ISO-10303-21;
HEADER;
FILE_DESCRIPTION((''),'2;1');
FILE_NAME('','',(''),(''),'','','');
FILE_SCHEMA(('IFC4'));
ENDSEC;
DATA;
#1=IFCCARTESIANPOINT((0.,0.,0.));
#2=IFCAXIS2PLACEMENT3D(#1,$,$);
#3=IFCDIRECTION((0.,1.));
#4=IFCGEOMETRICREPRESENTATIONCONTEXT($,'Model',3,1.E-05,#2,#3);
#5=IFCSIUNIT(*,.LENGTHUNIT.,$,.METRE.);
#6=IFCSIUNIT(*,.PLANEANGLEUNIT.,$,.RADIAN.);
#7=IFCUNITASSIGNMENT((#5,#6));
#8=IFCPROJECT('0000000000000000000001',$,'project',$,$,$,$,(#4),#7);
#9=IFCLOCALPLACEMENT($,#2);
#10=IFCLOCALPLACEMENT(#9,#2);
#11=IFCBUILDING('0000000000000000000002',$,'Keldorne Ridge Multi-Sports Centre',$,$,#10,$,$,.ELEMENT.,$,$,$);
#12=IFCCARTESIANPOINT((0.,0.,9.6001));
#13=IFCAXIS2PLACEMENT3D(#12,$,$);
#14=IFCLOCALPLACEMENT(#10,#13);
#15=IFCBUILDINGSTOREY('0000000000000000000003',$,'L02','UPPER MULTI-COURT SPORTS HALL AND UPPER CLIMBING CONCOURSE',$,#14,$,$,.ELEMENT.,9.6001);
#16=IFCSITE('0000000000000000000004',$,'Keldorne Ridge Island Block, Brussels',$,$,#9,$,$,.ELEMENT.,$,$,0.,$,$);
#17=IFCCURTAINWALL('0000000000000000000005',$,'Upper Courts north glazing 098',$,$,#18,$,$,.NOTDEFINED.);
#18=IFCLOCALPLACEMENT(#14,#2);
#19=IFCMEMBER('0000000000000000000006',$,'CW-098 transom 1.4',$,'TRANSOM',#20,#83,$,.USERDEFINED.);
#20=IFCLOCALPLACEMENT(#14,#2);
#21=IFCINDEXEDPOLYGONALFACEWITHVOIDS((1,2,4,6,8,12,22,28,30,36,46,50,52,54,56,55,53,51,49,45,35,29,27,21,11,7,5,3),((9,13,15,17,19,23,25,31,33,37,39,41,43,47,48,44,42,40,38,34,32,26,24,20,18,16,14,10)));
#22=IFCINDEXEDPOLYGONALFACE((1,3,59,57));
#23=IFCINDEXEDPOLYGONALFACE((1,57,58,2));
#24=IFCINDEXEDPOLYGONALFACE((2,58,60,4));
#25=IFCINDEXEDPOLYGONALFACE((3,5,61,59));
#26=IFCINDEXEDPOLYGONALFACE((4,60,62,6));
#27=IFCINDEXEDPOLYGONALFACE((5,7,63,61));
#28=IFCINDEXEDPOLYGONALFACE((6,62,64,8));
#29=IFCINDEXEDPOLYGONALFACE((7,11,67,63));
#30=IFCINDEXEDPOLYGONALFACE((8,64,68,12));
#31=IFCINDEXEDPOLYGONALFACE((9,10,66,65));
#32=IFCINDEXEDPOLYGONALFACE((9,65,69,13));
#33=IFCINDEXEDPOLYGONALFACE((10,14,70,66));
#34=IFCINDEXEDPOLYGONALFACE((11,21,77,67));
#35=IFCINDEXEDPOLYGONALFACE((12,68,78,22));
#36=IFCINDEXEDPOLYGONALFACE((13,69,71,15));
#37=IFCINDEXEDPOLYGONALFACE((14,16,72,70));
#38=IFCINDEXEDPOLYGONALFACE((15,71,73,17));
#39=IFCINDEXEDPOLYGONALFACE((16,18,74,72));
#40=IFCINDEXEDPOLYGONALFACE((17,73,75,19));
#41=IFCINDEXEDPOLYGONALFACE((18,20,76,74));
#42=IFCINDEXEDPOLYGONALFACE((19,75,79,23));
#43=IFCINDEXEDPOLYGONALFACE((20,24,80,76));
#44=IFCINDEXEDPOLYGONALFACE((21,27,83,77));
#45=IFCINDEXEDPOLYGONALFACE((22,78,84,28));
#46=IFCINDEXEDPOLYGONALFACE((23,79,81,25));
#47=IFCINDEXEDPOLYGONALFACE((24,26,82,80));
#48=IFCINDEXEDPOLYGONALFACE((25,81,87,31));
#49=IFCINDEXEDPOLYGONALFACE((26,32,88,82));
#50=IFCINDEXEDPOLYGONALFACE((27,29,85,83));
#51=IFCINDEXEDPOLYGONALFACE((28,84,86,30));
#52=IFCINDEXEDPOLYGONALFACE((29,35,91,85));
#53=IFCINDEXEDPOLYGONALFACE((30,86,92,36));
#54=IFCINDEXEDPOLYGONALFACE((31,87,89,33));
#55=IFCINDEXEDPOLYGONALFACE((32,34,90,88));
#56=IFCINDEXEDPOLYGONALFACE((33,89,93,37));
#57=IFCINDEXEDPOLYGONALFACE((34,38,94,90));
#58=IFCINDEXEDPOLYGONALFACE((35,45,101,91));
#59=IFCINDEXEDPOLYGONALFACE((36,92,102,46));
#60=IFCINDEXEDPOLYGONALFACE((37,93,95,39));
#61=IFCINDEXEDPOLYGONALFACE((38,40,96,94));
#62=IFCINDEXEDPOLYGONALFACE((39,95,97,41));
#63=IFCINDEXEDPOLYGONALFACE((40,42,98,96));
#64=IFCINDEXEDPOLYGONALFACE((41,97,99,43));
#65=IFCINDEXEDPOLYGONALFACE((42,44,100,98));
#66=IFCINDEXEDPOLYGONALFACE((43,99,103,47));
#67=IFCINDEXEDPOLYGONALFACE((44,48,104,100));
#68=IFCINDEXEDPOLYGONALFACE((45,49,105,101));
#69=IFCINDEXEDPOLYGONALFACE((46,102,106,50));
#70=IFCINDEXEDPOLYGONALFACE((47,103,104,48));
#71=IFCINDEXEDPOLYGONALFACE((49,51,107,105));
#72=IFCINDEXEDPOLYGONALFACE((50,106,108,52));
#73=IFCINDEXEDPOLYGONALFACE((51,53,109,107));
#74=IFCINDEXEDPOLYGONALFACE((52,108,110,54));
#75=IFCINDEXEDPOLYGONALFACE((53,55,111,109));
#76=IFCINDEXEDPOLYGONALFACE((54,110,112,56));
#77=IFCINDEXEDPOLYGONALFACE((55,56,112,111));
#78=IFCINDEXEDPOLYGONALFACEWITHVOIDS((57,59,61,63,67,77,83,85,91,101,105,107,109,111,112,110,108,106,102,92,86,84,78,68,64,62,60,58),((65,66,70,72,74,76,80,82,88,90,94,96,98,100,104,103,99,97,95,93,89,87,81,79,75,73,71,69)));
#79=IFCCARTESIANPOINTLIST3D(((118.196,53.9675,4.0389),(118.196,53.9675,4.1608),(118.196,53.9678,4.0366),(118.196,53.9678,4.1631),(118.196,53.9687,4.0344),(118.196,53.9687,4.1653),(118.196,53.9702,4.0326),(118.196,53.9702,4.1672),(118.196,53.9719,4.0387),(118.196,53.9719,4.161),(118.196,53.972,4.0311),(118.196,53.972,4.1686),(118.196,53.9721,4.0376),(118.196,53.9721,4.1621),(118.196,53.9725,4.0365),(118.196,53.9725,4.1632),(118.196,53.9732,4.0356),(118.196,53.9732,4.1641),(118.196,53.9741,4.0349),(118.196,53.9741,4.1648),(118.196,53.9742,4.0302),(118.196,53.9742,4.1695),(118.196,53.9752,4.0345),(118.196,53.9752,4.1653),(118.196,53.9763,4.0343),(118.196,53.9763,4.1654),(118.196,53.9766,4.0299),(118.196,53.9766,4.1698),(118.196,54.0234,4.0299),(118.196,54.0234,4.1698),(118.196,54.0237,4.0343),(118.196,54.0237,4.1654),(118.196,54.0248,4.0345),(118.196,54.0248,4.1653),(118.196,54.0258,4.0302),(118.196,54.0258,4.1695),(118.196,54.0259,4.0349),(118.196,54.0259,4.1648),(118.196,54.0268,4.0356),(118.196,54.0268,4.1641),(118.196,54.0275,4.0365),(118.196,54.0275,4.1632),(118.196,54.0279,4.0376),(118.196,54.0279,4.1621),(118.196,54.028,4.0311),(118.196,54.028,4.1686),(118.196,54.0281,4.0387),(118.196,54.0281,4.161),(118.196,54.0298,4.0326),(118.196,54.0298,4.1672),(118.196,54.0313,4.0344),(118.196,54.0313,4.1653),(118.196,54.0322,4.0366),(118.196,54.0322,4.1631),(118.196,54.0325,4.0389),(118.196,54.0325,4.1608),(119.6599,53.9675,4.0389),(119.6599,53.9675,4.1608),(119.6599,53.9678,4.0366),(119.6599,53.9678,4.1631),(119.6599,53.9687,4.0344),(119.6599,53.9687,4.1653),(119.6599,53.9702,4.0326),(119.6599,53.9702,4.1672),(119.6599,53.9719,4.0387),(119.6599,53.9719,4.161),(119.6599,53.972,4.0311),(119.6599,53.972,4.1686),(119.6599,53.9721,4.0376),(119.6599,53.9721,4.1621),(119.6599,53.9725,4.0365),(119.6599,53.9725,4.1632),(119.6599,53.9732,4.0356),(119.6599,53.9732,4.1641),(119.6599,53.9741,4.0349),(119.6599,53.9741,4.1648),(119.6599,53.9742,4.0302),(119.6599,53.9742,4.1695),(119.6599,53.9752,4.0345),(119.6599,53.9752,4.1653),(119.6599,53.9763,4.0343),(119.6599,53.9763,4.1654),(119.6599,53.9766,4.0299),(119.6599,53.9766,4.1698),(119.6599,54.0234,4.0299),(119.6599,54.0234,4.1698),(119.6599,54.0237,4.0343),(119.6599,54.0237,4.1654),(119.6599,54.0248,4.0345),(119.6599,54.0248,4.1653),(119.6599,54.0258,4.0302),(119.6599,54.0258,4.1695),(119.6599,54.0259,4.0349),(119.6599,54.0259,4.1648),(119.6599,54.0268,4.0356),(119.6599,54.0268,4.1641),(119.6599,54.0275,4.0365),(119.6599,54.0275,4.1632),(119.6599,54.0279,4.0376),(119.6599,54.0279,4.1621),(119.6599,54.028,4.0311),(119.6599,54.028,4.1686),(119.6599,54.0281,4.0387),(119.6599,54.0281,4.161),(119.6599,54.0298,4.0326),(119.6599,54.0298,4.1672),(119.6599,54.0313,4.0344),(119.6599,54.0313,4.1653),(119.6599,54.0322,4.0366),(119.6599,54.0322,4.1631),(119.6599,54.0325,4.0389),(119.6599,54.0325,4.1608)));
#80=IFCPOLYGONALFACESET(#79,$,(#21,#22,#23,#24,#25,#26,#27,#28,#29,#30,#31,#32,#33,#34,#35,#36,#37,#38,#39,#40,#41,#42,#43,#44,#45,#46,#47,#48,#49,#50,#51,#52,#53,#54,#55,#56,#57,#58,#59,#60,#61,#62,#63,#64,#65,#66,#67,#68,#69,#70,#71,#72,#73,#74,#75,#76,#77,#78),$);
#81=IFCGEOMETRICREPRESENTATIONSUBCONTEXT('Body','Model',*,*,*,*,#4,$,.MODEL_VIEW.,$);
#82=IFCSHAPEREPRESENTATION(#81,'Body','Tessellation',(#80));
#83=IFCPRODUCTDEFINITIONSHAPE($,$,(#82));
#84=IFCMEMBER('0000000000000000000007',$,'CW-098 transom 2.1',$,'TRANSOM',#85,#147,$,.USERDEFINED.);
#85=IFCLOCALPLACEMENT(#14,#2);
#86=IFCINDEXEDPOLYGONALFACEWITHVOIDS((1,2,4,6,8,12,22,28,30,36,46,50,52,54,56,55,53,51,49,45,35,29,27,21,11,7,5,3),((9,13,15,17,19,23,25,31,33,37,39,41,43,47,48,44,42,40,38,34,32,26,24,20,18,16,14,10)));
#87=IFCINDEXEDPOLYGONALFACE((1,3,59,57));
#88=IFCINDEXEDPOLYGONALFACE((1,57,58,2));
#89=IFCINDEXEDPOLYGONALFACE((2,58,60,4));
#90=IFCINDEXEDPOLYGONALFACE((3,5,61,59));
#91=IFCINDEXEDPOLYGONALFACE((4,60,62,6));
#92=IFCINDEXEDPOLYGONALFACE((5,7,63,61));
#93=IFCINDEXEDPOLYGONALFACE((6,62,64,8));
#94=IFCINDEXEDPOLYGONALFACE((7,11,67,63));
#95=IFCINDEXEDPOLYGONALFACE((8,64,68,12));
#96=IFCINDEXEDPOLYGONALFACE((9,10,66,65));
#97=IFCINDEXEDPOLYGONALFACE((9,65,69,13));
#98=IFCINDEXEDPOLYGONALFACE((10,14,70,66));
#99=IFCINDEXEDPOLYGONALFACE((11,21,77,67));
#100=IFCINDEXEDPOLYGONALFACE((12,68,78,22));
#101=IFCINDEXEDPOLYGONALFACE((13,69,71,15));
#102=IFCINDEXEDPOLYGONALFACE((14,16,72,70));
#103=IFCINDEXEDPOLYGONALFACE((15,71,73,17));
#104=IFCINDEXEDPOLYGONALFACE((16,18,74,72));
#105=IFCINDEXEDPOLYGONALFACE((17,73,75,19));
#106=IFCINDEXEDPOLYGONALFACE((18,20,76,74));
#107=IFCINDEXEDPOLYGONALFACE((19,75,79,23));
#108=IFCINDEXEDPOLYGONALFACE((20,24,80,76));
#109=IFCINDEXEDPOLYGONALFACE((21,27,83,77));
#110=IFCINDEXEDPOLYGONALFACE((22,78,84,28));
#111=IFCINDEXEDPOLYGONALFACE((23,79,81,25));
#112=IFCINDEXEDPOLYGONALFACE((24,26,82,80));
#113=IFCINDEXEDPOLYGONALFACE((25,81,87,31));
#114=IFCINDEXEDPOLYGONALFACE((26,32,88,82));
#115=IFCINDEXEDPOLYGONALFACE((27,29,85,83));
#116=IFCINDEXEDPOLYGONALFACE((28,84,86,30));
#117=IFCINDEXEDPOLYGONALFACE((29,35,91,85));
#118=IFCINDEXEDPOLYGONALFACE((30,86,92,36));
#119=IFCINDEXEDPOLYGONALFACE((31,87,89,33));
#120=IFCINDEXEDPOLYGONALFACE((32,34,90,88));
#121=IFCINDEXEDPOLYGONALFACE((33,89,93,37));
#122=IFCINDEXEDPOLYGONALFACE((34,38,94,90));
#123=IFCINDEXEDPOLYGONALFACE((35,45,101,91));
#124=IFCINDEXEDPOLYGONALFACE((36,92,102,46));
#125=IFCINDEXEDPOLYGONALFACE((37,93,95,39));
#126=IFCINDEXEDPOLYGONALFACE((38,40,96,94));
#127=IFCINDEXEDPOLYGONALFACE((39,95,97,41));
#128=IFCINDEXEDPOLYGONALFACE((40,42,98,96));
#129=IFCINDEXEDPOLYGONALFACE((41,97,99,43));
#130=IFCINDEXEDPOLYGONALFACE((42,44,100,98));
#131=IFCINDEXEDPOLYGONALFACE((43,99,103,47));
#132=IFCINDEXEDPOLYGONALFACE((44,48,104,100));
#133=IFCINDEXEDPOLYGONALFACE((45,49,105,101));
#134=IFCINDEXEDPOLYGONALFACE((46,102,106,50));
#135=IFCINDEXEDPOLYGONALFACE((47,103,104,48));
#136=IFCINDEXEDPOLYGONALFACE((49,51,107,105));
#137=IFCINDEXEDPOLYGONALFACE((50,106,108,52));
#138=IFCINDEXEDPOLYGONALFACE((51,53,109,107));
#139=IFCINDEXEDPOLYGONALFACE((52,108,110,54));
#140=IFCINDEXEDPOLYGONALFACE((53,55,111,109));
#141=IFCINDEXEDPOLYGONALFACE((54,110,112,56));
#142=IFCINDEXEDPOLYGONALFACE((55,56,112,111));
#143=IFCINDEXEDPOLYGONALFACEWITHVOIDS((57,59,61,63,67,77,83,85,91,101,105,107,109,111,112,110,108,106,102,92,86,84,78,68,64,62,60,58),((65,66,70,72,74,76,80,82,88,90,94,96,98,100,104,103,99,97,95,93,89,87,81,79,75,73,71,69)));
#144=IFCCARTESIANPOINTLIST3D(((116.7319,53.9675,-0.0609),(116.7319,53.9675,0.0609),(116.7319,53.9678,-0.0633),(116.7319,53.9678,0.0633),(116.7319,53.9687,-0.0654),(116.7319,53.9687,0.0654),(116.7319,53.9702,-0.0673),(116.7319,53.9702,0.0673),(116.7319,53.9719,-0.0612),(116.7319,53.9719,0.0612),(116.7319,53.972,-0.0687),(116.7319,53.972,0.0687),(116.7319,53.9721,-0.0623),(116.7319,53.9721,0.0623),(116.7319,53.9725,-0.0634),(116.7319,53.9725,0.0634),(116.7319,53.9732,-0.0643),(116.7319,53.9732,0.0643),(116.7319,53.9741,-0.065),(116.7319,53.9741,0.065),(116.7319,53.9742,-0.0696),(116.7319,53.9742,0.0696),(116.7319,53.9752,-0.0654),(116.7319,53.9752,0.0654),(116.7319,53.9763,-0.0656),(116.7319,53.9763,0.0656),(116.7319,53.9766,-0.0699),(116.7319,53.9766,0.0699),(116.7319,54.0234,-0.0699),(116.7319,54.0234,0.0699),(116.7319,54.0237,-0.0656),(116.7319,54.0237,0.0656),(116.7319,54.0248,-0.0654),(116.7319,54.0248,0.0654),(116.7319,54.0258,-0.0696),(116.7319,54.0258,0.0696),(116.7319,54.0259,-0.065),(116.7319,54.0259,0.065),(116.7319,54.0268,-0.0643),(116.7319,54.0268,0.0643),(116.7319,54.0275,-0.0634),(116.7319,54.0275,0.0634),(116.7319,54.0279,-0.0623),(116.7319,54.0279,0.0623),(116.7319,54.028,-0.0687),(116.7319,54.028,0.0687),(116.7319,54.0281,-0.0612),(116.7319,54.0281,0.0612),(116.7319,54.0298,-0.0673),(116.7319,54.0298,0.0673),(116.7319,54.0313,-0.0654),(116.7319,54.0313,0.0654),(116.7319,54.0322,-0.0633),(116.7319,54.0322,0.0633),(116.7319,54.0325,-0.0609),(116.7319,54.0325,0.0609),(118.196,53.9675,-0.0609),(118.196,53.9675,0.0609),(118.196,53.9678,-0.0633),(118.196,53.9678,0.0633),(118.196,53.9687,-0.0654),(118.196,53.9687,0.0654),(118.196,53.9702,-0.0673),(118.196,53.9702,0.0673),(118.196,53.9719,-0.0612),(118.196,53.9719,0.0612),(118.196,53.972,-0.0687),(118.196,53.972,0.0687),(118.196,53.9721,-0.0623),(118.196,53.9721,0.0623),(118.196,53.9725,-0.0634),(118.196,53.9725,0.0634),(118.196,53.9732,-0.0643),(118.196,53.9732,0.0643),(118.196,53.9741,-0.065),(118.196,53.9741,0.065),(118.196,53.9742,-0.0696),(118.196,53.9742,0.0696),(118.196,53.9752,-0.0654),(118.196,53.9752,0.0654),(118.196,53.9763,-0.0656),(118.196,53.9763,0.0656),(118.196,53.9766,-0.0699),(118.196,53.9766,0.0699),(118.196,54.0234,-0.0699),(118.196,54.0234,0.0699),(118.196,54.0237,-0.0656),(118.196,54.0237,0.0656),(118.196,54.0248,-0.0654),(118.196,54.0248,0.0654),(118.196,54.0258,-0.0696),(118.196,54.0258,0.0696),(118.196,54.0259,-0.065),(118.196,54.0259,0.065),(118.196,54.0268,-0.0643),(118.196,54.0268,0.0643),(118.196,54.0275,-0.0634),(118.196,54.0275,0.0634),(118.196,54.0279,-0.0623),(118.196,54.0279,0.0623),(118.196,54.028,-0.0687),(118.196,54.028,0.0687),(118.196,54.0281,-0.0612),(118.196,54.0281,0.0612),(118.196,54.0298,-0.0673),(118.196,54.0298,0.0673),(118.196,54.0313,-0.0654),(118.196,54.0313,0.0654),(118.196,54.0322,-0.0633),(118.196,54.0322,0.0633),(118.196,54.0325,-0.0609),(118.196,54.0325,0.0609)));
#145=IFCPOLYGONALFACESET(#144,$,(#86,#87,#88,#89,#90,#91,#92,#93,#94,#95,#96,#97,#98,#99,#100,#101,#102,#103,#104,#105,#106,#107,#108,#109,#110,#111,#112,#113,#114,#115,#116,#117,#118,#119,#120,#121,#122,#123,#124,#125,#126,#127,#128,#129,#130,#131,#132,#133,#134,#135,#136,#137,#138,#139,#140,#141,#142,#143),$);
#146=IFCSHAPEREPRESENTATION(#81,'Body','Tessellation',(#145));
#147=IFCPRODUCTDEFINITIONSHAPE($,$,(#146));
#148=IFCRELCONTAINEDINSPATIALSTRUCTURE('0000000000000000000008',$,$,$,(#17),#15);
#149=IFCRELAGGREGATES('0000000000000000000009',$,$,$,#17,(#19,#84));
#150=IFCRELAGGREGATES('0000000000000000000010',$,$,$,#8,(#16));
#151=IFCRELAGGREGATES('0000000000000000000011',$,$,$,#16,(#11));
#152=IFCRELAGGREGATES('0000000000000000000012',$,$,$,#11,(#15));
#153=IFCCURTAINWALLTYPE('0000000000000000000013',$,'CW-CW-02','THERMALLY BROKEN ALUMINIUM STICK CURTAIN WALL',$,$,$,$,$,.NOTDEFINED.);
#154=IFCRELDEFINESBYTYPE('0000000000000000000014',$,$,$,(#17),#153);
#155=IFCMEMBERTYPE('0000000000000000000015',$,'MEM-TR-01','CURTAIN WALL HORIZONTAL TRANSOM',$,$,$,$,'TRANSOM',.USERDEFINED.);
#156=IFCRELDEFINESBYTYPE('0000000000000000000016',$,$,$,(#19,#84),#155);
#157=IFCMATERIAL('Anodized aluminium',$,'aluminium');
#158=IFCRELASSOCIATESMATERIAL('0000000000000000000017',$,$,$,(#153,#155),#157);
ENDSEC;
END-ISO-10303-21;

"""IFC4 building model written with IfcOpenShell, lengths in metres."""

from ifc_helpers import new_model, si_unit, direction, frame, origin, origin_2d, place, context, subcontext, project, spatial, hollow_rectangle, extrude, material, material_profile, profile_set, type_object, element, aggregate, save


model = new_model("IFC4")

# Units and contexts
model_context = context("Model", 3, precision=1e-05, world=origin(), true_north=direction((0.0, 1.0)))
body_context = subcontext(model_context, "Body", "Model", "MODEL_VIEW")
ifc_project = project(units=[si_unit("LENGTHUNIT", "METRE"), si_unit("PLANEANGLEUNIT", "RADIAN")], contexts=[model_context])

# Site, building, storey
site_placement = place(None, origin())
site = spatial("IfcSite", under=ifc_project, at=site_placement, Name="Keldorne Ridge Island Block, Brussels", CompositionType="ELEMENT", RefElevation=0.0)
building_placement = place(site_placement, origin())
building = spatial("IfcBuilding", under=site, at=building_placement, Name="Keldorne Ridge Multi-Sports Centre", CompositionType="ELEMENT")
storey_placement = place(building_placement, frame((0.0, 0.0, 9.6001)))
storey = spatial("IfcBuildingStorey", under=building, at=storey_placement, Name="L02", Description="UPPER MULTI-COURT SPORTS HALL AND UPPER CLIMBING CONCOURSE", CompositionType="ELEMENT", Elevation=9.6001)

# Curtain wall
ifc_material_1 = material(Name="Anodized aluminium", Category="aluminium")
curtain_wall_type_1 = type_object("IfcCurtainWallType", Name="CW-CW-02", Description="THERMALLY BROKEN ALUMINIUM STICK CURTAIN WALL", PredefinedType="NOTDEFINED", material=ifc_material_1)
curtain_wall_1_placement = place(storey_placement, origin())
curtain_wall_1 = element("IfcCurtainWall", 1, at=curtain_wall_1_placement, inside=storey, type_object=curtain_wall_type_1, Name="Upper Courts north glazing 098", PredefinedType="NOTDEFINED")

# Members
ifc_material_profile_1 = material_profile(ifc_material_1, hollow_rectangle(XDim=0.0649, YDim=0.1399, WallThickness=0.0044, InnerFilletRadius=0.0044, OuterFilletRadius=0.009, at=origin_2d()), Name="ALU TRANSOM 140x65x4.5")
ifc_profile_set_1 = profile_set([ifc_material_profile_1], Name="Anodized aluminium")
member_type_1 = type_object("IfcMemberType", Name="MEM-TR-01", Description="CURTAIN WALL HORIZONTAL TRANSOM", ElementType="TRANSOM", PredefinedType="USERDEFINED", material=ifc_profile_set_1)
member_1_placement = place(storey_placement, frame((119.6599, 54.0, 4.0999), z_axis=(-1.0, 0.0, 0.0), x_axis=(0.0, -1.0, 0.0)))
member_1 = element("IfcMember", 2, at=member_1_placement, type_object=member_type_1, Name="CW-098 transom 1.4", ObjectType="TRANSOM", PredefinedType="USERDEFINED", context=body_context, shape_type="SweptSolid", body=[
    extrude(hollow_rectangle(XDim=0.0649, YDim=0.1399, WallThickness=0.0044, InnerFilletRadius=0.0044, OuterFilletRadius=0.009, at=origin_2d()), origin(), (0.0, 0.0, 1.0), 1.4639),
])
member_2_placement = place(storey_placement, frame((118.196, 54.0, 0.0), z_axis=(-1.0, 0.0, 0.0), x_axis=(0.0, -1.0, 0.0)))
member_2 = element("IfcMember", 3, at=member_2_placement, type_object=member_type_1, Name="CW-098 transom 2.1", ObjectType="TRANSOM", PredefinedType="USERDEFINED", context=body_context, shape_type="SweptSolid", body=[
    extrude(hollow_rectangle(XDim=0.0649, YDim=0.1399, WallThickness=0.0044, InnerFilletRadius=0.0044, OuterFilletRadius=0.009, at=origin_2d()), origin(), (0.0, 0.0, 1.0), 1.4641),
])

aggregate(curtain_wall_1, [member_1, member_2])

save(model, "model.ifc")
